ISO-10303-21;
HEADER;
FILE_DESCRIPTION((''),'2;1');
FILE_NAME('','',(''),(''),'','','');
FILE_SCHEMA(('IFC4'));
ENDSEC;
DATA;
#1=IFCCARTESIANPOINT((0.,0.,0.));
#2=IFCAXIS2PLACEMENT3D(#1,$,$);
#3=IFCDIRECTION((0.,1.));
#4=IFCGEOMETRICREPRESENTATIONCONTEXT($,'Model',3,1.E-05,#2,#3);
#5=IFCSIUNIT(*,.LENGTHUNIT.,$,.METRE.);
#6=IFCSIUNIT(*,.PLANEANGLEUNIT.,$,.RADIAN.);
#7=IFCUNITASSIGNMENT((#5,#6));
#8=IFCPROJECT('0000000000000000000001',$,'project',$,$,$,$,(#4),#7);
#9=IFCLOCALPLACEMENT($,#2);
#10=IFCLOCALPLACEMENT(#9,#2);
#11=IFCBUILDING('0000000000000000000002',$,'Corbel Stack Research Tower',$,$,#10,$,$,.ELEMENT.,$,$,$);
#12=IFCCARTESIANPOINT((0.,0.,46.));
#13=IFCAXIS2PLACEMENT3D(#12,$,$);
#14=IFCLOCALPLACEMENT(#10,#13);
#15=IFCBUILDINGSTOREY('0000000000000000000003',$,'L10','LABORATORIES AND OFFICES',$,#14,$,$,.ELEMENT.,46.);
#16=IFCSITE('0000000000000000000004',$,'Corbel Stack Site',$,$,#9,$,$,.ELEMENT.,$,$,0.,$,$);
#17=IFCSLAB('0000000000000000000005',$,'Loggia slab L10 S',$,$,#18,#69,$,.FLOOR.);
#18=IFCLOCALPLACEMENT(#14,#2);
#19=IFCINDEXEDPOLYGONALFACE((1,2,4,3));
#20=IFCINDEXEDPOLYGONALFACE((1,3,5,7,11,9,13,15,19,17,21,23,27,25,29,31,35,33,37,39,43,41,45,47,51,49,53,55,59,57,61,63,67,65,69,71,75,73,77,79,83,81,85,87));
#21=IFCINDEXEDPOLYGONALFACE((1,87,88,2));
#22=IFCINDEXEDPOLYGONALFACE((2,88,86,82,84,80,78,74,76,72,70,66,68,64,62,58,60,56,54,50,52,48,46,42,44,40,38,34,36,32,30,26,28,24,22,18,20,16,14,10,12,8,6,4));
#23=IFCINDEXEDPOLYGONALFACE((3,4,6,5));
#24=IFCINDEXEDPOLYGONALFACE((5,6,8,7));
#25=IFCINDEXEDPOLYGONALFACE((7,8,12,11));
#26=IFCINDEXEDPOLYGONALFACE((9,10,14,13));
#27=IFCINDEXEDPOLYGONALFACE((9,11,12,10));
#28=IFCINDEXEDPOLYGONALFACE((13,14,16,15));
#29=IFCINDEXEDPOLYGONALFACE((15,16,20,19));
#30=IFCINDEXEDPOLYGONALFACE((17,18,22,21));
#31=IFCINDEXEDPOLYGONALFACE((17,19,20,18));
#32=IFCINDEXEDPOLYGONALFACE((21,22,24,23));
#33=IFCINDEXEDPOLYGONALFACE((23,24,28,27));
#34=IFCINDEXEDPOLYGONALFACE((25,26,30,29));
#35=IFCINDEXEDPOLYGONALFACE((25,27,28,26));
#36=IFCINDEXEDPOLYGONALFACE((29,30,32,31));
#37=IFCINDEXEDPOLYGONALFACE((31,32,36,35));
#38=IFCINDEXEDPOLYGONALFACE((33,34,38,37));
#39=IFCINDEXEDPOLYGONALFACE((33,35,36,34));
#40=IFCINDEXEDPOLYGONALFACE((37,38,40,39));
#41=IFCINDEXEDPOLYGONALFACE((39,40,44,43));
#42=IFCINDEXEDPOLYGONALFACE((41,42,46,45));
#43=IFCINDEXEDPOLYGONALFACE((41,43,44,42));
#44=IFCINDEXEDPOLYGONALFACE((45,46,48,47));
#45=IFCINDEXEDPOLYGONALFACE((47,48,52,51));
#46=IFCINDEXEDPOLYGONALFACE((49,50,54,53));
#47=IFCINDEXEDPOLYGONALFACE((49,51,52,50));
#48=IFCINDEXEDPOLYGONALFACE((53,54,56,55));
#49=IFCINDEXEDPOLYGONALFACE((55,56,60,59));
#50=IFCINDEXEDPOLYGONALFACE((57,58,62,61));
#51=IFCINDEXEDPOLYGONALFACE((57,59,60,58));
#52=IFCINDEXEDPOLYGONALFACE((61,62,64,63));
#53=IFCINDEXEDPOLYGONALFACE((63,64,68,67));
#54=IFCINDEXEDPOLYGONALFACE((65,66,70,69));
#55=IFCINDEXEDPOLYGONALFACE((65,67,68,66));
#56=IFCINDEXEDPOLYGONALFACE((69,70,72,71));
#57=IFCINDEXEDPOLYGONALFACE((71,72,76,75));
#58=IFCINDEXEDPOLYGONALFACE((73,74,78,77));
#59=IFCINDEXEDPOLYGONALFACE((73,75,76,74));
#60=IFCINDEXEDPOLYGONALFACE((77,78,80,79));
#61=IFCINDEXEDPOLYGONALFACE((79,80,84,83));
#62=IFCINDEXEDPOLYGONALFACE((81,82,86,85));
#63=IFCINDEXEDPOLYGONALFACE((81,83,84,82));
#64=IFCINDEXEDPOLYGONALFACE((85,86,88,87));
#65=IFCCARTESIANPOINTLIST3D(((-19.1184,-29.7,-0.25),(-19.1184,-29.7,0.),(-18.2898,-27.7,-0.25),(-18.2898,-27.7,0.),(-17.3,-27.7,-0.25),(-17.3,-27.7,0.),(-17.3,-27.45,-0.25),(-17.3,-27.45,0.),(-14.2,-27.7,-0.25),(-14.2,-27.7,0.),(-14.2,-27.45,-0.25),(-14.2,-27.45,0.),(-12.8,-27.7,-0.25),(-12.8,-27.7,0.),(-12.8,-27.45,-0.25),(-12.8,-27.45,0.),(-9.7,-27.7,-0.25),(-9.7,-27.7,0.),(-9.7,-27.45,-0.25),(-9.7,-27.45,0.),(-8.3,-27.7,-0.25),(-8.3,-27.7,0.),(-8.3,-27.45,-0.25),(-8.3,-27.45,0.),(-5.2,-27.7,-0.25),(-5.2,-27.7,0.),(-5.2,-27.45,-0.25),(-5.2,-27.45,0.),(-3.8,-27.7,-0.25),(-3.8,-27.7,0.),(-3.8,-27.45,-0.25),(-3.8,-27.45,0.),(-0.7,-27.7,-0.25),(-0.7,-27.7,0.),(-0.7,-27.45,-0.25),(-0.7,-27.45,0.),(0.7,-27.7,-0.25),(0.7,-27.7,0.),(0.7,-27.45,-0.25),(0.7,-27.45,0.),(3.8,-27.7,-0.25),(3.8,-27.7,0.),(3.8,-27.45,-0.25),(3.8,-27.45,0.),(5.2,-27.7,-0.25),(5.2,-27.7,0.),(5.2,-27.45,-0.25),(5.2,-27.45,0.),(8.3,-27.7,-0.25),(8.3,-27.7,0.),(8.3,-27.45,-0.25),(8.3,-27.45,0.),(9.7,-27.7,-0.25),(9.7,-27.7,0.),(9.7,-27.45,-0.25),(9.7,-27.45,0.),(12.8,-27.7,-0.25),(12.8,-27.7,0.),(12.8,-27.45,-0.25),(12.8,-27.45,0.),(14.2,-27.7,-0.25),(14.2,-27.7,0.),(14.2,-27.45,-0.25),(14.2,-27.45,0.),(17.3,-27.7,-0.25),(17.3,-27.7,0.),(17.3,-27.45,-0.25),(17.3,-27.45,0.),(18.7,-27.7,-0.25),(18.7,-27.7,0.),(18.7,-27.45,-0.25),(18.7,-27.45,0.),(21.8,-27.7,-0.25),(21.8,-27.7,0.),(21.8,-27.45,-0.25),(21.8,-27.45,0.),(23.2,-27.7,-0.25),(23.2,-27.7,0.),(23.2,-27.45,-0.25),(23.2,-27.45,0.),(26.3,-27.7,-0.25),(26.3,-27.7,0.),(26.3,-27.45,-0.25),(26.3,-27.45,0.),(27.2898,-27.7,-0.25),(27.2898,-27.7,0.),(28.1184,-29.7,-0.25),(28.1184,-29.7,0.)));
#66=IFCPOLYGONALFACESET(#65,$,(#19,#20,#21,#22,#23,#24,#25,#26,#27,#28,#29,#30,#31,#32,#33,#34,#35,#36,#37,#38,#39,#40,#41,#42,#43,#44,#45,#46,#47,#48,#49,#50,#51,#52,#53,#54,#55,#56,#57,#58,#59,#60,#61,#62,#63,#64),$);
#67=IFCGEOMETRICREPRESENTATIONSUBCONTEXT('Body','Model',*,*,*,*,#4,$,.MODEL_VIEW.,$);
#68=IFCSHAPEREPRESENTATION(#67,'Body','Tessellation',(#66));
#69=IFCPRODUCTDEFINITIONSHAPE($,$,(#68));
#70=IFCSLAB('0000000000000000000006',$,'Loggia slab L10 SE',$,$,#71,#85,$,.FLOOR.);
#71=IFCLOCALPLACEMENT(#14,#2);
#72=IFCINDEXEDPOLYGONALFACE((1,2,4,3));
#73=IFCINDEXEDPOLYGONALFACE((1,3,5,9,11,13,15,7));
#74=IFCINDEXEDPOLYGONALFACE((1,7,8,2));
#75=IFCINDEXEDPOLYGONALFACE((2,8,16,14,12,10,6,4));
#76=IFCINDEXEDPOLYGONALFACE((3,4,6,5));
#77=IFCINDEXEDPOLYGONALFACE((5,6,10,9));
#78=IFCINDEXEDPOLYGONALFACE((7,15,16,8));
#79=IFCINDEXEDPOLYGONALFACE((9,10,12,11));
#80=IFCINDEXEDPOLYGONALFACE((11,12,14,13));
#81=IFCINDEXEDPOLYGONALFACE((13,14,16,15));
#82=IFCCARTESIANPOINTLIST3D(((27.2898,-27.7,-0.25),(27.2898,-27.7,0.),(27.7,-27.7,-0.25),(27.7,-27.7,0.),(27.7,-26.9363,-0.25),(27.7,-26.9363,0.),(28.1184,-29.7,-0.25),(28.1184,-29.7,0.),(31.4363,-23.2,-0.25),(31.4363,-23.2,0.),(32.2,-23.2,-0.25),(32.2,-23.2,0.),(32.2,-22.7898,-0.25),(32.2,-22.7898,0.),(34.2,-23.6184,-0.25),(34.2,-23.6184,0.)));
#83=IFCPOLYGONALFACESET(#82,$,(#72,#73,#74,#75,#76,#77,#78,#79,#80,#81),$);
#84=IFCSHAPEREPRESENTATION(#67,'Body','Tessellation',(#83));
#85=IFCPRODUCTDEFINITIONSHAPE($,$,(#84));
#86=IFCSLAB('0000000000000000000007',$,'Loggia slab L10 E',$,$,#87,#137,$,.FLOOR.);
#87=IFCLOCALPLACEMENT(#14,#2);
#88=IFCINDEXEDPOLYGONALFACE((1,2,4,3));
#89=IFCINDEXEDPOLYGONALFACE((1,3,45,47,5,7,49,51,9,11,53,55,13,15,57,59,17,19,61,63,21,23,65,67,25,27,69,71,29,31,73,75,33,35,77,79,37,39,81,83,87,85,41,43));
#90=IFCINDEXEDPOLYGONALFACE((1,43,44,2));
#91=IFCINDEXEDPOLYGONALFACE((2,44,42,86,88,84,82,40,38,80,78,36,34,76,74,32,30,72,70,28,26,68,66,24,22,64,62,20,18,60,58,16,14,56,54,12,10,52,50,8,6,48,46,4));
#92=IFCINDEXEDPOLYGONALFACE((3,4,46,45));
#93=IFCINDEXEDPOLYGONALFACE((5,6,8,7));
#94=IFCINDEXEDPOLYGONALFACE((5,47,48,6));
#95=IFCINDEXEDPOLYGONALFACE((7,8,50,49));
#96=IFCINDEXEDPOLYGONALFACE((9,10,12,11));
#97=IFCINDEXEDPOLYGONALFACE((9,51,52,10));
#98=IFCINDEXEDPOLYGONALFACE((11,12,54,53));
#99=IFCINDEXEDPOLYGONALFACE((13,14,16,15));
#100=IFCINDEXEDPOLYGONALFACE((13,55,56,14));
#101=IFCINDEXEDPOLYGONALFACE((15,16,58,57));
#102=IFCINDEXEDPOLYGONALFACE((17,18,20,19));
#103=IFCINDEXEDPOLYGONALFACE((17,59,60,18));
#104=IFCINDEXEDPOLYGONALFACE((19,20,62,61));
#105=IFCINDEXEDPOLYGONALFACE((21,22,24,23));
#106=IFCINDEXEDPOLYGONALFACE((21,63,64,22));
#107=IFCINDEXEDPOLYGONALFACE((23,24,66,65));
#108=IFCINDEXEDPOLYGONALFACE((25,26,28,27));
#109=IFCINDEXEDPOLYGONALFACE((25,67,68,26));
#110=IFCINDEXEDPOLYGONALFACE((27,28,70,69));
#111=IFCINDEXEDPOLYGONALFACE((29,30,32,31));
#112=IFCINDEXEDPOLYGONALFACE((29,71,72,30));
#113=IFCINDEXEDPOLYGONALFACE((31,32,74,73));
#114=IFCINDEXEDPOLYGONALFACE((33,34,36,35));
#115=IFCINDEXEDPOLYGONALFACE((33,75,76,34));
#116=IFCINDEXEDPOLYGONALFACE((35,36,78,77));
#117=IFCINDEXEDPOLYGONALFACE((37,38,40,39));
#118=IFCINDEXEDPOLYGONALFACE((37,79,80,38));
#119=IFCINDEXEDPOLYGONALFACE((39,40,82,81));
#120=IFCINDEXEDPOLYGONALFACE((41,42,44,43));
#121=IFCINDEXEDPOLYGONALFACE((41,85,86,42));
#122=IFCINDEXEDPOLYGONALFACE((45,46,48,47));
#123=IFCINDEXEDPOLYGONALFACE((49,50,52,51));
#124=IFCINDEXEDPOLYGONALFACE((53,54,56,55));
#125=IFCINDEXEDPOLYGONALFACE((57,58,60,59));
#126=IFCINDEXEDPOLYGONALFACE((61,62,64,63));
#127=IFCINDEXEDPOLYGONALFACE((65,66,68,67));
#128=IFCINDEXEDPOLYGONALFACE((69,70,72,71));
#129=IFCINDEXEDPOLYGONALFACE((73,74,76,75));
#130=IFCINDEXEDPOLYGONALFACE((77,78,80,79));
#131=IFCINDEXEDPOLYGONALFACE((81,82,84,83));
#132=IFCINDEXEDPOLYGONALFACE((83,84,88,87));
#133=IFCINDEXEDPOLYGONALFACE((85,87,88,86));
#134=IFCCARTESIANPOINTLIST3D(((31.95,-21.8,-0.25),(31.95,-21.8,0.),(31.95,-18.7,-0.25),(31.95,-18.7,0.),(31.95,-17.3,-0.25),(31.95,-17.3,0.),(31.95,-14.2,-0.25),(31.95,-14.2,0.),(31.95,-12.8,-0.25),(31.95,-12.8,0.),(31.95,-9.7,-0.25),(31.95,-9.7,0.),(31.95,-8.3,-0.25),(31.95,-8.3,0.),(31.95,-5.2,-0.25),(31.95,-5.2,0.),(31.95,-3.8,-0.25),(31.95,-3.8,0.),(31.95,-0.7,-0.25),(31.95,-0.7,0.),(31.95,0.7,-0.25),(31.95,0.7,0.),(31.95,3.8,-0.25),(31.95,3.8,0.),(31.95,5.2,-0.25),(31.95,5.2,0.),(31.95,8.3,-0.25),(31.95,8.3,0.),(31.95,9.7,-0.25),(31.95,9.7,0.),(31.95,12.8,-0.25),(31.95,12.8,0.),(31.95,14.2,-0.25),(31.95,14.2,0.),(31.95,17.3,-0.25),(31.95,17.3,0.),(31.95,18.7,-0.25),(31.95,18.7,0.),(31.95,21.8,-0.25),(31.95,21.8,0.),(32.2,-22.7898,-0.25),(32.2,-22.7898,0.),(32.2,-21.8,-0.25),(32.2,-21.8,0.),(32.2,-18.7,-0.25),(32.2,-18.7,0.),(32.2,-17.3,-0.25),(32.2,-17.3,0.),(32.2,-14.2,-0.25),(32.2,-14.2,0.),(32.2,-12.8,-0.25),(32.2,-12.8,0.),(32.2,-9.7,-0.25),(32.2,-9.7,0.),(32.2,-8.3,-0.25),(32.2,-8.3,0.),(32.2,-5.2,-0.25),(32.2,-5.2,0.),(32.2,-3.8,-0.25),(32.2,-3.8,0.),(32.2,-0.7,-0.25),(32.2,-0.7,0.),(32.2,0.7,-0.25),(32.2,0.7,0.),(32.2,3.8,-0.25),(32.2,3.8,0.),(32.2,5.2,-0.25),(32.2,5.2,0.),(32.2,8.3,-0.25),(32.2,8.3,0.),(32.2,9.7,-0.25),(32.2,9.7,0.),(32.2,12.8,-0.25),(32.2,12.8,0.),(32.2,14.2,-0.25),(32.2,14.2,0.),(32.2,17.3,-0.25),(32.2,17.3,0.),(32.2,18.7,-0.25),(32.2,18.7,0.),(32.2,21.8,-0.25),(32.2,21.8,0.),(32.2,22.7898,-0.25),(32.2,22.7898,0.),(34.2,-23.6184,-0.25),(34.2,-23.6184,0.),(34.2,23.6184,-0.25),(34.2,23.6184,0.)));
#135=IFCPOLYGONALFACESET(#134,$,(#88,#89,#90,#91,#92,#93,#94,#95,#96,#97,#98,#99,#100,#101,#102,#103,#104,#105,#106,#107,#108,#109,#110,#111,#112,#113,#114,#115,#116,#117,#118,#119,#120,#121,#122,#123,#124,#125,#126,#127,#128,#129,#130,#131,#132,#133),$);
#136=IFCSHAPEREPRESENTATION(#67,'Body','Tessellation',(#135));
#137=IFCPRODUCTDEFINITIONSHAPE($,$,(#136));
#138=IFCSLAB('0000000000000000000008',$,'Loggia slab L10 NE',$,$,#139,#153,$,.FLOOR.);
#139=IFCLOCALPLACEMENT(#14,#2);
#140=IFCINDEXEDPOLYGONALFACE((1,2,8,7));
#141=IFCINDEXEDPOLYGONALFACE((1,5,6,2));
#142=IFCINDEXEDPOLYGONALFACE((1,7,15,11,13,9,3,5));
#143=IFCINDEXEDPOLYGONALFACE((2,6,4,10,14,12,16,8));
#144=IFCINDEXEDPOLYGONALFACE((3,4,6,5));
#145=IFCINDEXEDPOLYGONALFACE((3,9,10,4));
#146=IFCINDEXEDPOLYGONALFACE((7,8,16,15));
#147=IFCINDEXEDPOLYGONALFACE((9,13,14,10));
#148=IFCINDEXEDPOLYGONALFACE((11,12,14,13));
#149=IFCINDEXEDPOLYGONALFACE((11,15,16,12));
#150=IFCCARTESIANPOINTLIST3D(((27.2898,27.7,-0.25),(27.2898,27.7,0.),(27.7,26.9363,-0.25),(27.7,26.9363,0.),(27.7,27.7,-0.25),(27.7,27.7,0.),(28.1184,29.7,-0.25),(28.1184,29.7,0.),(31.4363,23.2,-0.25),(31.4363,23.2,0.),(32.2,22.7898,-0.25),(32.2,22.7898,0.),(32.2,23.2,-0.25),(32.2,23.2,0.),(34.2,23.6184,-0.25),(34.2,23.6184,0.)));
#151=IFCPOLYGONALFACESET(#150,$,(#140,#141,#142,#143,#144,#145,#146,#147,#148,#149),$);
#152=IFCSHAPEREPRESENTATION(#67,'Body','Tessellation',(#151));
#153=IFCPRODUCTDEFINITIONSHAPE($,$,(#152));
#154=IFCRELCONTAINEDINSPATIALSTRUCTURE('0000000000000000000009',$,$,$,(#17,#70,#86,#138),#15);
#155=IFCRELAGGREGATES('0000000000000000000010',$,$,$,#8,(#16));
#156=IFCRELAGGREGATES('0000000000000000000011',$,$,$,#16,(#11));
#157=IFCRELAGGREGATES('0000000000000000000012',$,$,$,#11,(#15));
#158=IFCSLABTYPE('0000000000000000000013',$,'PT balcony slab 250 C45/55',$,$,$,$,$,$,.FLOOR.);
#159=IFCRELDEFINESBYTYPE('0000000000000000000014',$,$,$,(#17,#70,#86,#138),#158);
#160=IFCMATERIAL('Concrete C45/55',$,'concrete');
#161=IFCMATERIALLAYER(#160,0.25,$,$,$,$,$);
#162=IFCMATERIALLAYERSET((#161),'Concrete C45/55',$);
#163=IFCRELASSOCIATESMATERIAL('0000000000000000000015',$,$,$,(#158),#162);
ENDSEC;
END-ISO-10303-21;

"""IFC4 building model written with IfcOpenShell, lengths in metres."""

from ifc_helpers import new_model, si_unit, direction, frame, origin, place, context, subcontext, project, spatial, polyline, outline, extrude, material, layer, layer_set, type_object, element, save


model = new_model("IFC4")

# Units and contexts
model_context = context("Model", 3, precision=1e-05, world=origin(), true_north=direction((0.0, 1.0)))
body_context = subcontext(model_context, "Body", "Model", "MODEL_VIEW")
ifc_project = project(units=[si_unit("LENGTHUNIT", "METRE"), si_unit("PLANEANGLEUNIT", "RADIAN")], contexts=[model_context])

# Site, building, storey
site_placement = place(None, origin())
site = spatial("IfcSite", under=ifc_project, at=site_placement, Name="Corbel Stack Site", CompositionType="ELEMENT", RefElevation=0.0)
building_placement = place(site_placement, origin())
building = spatial("IfcBuilding", under=site, at=building_placement, Name="Corbel Stack Research Tower", CompositionType="ELEMENT")
storey_placement = place(building_placement, frame((0.0, 0.0, 46.0)))
storey = spatial("IfcBuildingStorey", under=building, at=storey_placement, Name="L10", Description="LABORATORIES AND OFFICES", CompositionType="ELEMENT", Elevation=46.0)

# Slabs
ifc_material_1 = material(Name="Concrete C45/55", Category="concrete")
ifc_layer_1 = layer(ifc_material_1, 0.25)
ifc_layer_set_1 = layer_set([ifc_layer_1], Name="Concrete C45/55")
slab_type_1 = type_object("IfcSlabType", Name="PT balcony slab 250 C45/55", PredefinedType="FLOOR", material=ifc_layer_set_1)
slab_1_placement = place(storey_placement, frame((0.0, 0.0, -0.25)))
element("IfcSlab", 1, at=slab_1_placement, inside=storey, type_object=slab_type_1, Name="Loggia slab L10 S", PredefinedType="FLOOR", context=body_context, shape_type="SweptSolid", body=[
    extrude(outline(polyline([(27.2898, -27.7), (26.3, -27.7), (26.3, -27.45), (23.2, -27.45), (23.2, -27.7), (21.8, -27.7), (21.8, -27.45), (18.7, -27.45), (18.7, -27.7), (17.3, -27.7), (17.3, -27.45), (14.2, -27.45), (14.2, -27.7), (12.8, -27.7), (12.8, -27.45), (9.7, -27.45), (9.7, -27.7), (8.3, -27.7), (8.3, -27.45), (5.2, -27.45), (5.2, -27.7), (3.8, -27.7), (3.8, -27.45), (0.7, -27.45), (0.7, -27.7), (-0.7, -27.7), (-0.7, -27.45), (-3.8, -27.45), (-3.8, -27.7), (-5.2, -27.7), (-5.2, -27.45), (-8.3, -27.45), (-8.3, -27.7), (-9.7, -27.7), (-9.7, -27.45), (-12.8, -27.45), (-12.8, -27.7), (-14.2, -27.7), (-14.2, -27.45), (-17.3, -27.45), (-17.3, -27.7), (-18.2898, -27.7), (-19.1184, -29.7), (28.1184, -29.7), (27.2898, -27.7)])), origin(), (0.0, 0.0, 1.0), 0.25),
])
slab_2_placement = place(storey_placement, frame((0.0, 0.0, -0.25)))
element("IfcSlab", 2, at=slab_2_placement, inside=storey, type_object=slab_type_1, Name="Loggia slab L10 SE", PredefinedType="FLOOR", context=body_context, shape_type="SweptSolid", body=[
    extrude(outline(polyline([(32.2, -22.7898), (32.2, -23.2), (31.4363, -23.2), (27.7, -26.9363), (27.7, -27.7), (27.2898, -27.7), (28.1184, -29.7), (34.2, -23.6184), (32.2, -22.7898)])), origin(), (0.0, 0.0, 1.0), 0.25),
])
slab_3_placement = place(storey_placement, frame((0.0, 0.0, -0.25)))
element("IfcSlab", 3, at=slab_3_placement, inside=storey, type_object=slab_type_1, Name="Loggia slab L10 E", PredefinedType="FLOOR", context=body_context, shape_type="SweptSolid", body=[
    extrude(outline(polyline([(32.2, 22.7898), (32.2, 21.8), (31.95, 21.8), (31.95, 18.7), (32.2, 18.7), (32.2, 17.3), (31.95, 17.3), (31.95, 14.2), (32.2, 14.2), (32.2, 12.8), (31.95, 12.8), (31.95, 9.7), (32.2, 9.7), (32.2, 8.3), (31.95, 8.3), (31.95, 5.2), (32.2, 5.2), (32.2, 3.8), (31.95, 3.8), (31.95, 0.7), (32.2, 0.7), (32.2, -0.7), (31.95, -0.7), (31.95, -3.8), (32.2, -3.8), (32.2, -5.2), (31.95, -5.2), (31.95, -8.3), (32.2, -8.3), (32.2, -9.7), (31.95, -9.7), (31.95, -12.8), (32.2, -12.8), (32.2, -14.2), (31.95, -14.2), (31.95, -17.3), (32.2, -17.3), (32.2, -18.7), (31.95, -18.7), (31.95, -21.8), (32.2, -21.8), (32.2, -22.7898), (34.2, -23.6184), (34.2, 23.6184), (32.2, 22.7898)])), origin(), (0.0, 0.0, 1.0), 0.25),
])
slab_4_placement = place(storey_placement, frame((0.0, 0.0, -0.25)))
element("IfcSlab", 4, at=slab_4_placement, inside=storey, type_object=slab_type_1, Name="Loggia slab L10 NE", PredefinedType="FLOOR", context=body_context, shape_type="SweptSolid", body=[
    extrude(outline(polyline([(27.2898, 27.7), (27.7, 27.7), (27.7, 26.9363), (31.4363, 23.2), (32.2, 23.2), (32.2, 22.7898), (34.2, 23.6184), (28.1184, 29.7), (27.2898, 27.7)])), origin(), (0.0, 0.0, 1.0), 0.25),
])

save(model, "model.ifc")
